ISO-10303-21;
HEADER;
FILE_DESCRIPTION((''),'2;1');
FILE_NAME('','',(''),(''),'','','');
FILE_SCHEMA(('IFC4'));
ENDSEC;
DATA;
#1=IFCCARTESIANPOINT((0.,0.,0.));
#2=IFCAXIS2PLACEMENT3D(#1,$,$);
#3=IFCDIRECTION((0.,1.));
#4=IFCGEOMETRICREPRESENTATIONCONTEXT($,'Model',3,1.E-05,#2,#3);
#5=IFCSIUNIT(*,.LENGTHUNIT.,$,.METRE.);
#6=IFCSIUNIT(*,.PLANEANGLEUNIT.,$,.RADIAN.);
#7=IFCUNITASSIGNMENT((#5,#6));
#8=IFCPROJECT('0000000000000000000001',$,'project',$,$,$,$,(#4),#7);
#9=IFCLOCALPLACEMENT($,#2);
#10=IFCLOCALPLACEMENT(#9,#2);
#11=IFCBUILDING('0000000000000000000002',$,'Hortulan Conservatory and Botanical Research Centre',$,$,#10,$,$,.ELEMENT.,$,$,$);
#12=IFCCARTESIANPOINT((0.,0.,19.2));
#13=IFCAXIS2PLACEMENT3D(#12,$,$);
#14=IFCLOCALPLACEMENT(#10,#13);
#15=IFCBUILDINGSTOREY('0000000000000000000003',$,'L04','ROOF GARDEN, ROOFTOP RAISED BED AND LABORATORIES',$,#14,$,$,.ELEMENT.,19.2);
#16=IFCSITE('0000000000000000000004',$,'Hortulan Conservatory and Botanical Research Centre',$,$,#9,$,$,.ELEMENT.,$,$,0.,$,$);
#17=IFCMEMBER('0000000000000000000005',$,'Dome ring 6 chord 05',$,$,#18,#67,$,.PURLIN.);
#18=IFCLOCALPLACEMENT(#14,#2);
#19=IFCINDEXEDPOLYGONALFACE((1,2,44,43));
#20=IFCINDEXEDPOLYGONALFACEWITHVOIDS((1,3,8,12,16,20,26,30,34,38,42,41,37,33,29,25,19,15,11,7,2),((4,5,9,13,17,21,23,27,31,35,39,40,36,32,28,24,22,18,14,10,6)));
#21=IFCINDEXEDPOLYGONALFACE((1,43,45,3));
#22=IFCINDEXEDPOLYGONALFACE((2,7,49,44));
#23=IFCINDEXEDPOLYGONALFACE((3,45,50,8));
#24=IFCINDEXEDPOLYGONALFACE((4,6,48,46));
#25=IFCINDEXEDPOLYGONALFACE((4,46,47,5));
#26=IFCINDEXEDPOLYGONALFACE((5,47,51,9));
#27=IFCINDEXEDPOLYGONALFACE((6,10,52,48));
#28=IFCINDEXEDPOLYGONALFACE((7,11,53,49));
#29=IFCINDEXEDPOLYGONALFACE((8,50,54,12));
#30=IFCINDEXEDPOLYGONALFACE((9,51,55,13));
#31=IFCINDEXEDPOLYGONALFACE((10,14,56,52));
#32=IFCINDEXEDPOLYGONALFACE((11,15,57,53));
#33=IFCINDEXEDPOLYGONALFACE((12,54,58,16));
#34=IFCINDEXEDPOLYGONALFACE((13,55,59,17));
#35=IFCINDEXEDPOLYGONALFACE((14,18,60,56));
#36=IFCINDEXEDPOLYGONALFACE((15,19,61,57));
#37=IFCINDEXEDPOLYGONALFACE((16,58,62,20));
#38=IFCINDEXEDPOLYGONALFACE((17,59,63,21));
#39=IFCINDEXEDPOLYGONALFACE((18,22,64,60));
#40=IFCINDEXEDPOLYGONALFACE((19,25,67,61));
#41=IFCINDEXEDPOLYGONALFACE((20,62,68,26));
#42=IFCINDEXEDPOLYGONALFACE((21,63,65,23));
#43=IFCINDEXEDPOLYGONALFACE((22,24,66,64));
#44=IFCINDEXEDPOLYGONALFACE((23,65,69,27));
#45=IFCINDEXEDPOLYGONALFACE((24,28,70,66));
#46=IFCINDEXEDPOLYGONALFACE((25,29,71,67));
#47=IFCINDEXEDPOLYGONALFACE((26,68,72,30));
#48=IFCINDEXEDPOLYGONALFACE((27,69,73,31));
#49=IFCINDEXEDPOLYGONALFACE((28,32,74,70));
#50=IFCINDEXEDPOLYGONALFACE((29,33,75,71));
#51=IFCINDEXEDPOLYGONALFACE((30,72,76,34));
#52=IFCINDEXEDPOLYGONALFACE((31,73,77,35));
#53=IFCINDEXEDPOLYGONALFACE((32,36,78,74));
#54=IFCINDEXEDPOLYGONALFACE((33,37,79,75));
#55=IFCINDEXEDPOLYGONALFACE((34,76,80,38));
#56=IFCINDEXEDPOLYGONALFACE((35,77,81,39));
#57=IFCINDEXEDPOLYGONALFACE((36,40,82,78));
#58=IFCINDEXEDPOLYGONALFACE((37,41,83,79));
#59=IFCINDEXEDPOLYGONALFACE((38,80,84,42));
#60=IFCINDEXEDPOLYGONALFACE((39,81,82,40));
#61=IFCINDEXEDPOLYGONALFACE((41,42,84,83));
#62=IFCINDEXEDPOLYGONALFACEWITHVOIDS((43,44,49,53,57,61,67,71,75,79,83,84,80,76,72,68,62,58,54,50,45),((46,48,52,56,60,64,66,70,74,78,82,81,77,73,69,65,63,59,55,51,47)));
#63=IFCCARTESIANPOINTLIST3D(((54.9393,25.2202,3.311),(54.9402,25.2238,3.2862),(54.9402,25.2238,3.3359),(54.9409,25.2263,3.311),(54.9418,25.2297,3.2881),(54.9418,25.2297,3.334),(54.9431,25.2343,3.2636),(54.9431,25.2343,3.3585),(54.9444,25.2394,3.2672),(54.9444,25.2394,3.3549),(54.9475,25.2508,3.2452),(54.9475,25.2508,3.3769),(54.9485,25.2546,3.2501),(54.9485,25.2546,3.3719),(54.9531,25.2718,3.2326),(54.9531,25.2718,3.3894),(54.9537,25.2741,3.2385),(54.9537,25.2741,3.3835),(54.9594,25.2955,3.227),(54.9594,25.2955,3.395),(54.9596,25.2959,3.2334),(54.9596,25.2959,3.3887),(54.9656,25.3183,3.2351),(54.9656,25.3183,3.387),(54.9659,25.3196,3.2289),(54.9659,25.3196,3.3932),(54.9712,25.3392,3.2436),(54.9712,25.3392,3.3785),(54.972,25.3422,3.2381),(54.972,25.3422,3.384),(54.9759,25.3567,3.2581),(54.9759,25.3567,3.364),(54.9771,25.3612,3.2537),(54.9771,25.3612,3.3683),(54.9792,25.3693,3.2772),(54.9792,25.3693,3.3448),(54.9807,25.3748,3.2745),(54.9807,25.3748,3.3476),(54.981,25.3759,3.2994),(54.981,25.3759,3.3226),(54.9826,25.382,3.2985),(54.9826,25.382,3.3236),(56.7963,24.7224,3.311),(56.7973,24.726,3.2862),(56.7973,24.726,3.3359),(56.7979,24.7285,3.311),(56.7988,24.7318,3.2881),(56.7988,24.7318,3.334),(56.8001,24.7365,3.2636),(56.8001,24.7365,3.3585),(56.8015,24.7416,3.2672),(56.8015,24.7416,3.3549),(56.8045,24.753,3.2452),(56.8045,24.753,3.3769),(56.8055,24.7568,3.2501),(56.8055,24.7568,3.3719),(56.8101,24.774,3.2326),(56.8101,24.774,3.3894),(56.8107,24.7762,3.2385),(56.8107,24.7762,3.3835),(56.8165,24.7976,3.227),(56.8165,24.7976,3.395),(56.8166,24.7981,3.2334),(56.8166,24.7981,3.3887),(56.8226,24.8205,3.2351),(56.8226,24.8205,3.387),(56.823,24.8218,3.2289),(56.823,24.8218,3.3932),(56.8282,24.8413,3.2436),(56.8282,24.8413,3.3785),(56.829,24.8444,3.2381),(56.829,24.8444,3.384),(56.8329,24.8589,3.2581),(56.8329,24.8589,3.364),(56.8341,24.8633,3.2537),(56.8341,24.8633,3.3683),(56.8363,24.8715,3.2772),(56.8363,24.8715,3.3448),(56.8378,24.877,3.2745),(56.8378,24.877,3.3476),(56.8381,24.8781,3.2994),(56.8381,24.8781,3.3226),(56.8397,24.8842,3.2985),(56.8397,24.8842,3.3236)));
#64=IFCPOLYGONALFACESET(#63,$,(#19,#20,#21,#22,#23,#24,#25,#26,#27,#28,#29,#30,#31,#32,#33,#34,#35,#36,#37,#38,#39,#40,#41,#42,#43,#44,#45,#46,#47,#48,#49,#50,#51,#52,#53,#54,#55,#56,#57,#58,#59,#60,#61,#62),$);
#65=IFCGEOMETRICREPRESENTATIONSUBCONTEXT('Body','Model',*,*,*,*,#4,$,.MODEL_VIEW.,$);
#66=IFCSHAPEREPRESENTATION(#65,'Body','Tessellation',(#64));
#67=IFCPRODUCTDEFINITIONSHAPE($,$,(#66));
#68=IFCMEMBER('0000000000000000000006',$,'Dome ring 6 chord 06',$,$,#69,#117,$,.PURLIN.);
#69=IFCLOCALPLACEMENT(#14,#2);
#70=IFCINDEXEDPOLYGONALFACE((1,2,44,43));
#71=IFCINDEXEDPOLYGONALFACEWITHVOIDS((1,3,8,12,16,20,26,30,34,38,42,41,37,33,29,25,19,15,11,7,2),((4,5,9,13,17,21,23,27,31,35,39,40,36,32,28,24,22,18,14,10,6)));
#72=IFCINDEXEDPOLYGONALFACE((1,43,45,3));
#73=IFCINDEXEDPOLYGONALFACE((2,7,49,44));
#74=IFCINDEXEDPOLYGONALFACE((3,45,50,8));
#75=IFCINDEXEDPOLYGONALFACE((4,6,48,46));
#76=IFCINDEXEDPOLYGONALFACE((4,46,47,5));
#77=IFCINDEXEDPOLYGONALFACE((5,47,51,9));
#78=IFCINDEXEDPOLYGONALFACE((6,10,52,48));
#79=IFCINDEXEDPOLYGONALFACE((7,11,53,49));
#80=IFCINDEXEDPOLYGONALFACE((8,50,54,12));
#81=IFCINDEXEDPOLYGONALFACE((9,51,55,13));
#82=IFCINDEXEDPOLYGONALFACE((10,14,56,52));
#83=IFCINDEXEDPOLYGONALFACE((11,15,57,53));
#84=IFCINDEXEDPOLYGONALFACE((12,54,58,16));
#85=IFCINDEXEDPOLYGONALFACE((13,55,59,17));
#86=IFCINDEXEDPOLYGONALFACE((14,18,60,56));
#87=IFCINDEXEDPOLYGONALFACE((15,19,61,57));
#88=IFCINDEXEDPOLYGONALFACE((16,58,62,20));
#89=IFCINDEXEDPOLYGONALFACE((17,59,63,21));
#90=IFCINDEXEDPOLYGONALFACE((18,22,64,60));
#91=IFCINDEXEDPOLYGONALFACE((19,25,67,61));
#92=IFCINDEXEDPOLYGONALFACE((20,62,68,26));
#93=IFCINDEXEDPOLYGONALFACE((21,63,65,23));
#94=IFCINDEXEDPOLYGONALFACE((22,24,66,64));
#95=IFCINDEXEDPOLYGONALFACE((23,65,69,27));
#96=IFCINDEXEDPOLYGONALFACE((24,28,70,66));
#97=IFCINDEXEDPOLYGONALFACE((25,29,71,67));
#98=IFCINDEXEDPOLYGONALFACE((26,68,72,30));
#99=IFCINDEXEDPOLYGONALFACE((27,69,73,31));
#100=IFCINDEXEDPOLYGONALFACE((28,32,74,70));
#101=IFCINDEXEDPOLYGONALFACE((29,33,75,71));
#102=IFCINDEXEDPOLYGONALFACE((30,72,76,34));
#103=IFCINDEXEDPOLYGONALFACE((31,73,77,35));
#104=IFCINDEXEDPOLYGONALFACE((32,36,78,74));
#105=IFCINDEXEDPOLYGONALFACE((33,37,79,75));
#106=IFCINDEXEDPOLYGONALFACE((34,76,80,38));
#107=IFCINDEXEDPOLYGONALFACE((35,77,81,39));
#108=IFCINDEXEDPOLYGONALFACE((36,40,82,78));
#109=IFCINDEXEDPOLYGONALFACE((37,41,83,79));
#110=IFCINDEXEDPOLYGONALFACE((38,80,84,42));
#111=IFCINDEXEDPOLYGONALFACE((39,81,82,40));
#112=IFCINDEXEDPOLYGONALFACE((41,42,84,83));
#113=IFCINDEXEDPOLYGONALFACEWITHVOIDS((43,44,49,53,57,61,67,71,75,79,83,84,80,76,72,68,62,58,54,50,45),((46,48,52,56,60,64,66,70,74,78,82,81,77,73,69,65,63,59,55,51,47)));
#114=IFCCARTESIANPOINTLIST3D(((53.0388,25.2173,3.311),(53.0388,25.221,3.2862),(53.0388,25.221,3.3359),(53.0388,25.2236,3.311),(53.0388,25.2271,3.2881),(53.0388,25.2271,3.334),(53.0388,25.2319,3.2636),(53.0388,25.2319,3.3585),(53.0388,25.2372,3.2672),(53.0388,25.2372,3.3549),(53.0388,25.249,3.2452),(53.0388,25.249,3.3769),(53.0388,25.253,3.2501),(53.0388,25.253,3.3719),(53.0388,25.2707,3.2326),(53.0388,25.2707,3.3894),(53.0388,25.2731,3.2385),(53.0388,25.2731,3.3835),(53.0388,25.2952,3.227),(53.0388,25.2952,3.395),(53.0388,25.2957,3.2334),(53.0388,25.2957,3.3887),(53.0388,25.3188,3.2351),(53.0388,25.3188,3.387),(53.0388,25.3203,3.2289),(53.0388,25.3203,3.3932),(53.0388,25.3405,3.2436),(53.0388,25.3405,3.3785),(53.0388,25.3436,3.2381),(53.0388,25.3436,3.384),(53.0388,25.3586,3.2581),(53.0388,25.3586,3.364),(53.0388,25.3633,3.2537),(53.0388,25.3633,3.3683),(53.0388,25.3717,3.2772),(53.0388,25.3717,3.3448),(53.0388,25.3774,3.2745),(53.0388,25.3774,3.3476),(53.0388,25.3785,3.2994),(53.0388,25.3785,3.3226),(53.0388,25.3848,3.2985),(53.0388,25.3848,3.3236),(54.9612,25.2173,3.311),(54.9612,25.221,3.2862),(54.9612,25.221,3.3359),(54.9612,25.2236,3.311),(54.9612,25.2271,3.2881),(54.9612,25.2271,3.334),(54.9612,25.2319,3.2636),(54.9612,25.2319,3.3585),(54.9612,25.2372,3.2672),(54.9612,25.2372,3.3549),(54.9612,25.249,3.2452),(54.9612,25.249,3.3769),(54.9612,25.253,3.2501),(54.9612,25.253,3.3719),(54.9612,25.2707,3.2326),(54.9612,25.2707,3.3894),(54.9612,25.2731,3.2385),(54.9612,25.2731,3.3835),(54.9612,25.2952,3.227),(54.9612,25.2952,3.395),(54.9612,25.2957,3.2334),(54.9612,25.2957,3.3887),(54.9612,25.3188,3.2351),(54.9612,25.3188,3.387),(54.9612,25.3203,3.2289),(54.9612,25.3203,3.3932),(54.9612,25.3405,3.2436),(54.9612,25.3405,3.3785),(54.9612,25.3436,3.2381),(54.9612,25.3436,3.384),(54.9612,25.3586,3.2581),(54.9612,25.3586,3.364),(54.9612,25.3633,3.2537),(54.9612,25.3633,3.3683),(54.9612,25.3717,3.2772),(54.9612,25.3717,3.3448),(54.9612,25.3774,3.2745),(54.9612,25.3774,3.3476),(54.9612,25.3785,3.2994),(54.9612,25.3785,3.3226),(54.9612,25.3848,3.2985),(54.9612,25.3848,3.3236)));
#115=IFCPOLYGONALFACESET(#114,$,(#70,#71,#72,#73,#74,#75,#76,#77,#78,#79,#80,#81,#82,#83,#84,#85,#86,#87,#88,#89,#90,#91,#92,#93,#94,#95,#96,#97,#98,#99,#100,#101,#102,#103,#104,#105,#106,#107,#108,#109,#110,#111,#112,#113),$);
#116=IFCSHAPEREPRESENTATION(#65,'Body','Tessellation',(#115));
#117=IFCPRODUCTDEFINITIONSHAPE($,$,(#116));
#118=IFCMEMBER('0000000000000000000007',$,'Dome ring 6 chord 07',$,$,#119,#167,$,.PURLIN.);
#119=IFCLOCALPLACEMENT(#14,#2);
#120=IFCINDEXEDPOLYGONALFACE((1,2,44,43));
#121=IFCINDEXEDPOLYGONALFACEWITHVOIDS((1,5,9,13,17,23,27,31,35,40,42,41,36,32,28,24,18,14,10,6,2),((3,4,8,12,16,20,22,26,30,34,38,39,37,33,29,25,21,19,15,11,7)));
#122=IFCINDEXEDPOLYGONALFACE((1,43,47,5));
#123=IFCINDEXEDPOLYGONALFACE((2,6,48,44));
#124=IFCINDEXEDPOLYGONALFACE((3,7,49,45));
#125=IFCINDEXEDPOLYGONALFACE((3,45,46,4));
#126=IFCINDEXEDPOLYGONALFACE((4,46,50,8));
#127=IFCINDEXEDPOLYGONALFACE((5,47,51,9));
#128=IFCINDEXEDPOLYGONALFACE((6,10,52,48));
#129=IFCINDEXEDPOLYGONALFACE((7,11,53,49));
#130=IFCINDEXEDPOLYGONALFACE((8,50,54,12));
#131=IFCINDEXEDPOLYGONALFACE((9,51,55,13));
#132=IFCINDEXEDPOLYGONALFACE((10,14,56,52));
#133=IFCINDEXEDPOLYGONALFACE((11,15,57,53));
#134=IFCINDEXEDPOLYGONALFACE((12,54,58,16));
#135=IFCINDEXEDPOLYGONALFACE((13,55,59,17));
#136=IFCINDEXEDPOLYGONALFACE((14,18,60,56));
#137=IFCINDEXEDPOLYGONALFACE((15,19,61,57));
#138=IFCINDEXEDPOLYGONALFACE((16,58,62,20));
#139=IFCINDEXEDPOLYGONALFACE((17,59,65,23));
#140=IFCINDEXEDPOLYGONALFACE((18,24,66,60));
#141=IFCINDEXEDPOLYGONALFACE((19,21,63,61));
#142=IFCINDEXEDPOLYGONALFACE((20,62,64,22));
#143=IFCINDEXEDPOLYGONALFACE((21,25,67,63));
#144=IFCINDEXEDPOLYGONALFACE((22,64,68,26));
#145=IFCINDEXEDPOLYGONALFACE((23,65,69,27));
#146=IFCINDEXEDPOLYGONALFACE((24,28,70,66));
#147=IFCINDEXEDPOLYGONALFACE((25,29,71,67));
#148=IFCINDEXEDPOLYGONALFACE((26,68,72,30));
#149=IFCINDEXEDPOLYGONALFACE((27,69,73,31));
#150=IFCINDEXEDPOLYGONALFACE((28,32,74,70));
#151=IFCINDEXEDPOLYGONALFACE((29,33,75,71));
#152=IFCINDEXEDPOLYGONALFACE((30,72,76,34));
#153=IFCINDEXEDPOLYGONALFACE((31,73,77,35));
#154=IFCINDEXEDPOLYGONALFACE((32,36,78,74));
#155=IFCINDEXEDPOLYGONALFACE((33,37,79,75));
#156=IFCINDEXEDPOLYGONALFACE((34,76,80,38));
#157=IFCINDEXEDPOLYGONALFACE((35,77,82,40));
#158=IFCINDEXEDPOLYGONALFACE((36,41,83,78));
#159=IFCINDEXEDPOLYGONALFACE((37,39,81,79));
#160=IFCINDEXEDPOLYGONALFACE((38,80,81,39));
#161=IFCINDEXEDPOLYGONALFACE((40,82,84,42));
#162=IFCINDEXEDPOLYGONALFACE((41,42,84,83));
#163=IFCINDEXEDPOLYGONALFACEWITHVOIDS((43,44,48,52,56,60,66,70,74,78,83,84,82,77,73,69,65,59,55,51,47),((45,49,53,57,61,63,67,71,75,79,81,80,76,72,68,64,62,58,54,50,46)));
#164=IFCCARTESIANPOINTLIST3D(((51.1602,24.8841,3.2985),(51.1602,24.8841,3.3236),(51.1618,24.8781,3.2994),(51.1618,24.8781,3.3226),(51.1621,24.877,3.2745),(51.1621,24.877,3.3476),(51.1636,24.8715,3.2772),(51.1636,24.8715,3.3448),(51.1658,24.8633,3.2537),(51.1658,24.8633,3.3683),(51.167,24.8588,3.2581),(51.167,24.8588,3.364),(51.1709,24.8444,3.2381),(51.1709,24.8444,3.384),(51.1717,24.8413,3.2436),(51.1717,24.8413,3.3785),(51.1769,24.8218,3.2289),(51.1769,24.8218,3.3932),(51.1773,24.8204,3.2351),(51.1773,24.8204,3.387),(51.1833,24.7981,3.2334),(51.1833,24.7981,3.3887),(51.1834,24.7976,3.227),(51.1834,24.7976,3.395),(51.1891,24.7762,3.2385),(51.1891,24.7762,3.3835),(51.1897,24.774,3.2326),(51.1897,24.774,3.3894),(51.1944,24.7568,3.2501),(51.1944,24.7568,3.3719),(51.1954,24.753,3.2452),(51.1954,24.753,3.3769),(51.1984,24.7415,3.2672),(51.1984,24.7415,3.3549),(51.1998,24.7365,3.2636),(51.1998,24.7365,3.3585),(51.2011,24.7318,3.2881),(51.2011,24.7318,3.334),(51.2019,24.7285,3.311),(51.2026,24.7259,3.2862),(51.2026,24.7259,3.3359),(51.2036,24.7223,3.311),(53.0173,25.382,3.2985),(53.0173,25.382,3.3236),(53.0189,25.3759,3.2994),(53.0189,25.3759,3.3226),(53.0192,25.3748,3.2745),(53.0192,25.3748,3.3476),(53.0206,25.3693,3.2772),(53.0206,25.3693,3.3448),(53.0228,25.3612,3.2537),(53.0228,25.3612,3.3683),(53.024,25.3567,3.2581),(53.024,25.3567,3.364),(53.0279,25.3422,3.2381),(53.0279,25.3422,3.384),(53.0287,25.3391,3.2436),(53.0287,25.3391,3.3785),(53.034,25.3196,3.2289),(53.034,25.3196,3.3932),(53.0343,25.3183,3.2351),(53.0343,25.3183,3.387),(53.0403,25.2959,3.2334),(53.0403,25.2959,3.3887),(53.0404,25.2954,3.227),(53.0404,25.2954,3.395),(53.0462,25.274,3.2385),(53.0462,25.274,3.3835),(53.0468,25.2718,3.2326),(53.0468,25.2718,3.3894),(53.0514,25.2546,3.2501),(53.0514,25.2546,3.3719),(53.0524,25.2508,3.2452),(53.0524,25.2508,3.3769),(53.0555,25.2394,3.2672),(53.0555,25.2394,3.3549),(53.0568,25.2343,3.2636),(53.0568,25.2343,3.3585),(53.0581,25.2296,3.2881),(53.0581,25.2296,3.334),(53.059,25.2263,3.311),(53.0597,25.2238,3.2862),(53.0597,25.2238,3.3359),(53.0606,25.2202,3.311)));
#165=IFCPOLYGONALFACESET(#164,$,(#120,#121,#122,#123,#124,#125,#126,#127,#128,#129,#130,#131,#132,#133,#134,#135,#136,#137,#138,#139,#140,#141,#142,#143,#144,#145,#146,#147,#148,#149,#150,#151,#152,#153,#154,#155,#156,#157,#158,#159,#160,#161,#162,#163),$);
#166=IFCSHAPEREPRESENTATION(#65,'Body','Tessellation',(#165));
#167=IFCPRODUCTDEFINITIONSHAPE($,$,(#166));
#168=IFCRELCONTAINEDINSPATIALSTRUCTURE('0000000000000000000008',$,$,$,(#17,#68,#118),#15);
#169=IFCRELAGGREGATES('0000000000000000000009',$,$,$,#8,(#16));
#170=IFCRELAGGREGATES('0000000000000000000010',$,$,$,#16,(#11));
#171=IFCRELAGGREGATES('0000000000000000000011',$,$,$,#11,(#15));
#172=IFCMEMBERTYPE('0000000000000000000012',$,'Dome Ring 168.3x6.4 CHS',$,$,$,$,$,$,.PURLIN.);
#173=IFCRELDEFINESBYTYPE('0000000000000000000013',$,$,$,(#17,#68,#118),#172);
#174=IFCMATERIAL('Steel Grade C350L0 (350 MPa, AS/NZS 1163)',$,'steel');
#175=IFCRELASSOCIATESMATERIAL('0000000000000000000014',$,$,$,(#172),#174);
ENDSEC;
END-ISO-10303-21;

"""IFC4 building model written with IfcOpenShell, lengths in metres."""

from ifc_helpers import new_model, si_unit, direction, frame, origin, origin_2d, place, context, subcontext, project, spatial, hollow_circle, extrude, material, material_profile, profile_set, type_object, element, save


model = new_model("IFC4")

# Units and contexts
model_context = context("Model", 3, precision=1e-05, world=origin(), true_north=direction((0.0, 1.0)))
body_context = subcontext(model_context, "Body", "Model", "MODEL_VIEW")
ifc_project = project(units=[si_unit("LENGTHUNIT", "METRE"), si_unit("PLANEANGLEUNIT", "RADIAN")], contexts=[model_context])

# Site, building, storey
site_placement = place(None, origin())
site = spatial("IfcSite", under=ifc_project, at=site_placement, Name="Hortulan Conservatory and Botanical Research Centre", CompositionType="ELEMENT", RefElevation=0.0)
building_placement = place(site_placement, origin())
building = spatial("IfcBuilding", under=site, at=building_placement, Name="Hortulan Conservatory and Botanical Research Centre", CompositionType="ELEMENT")
storey_placement = place(building_placement, frame((0.0, 0.0, 19.2)))
storey = spatial("IfcBuildingStorey", under=building, at=storey_placement, Name="L04", Description="ROOF GARDEN, ROOFTOP RAISED BED AND LABORATORIES", CompositionType="ELEMENT", Elevation=19.2)

# Shared definitions
ifc_material_1 = material(Name="Steel Grade C350L0 (350 MPa, AS/NZS 1163)", Category="steel")

# Members
ifc_material_profile_1 = material_profile(ifc_material_1, hollow_circle(Radius=0.0842, WallThickness=0.0063, at=origin_2d()), Name="168.3x6.4CHS")
ifc_profile_set_1 = profile_set([ifc_material_profile_1], Name="Steel Grade C350L0 (350 MPa, AS/NZS 1163)")
member_type_1 = type_object("IfcMemberType", Name="Dome Ring 168.3x6.4 CHS", PredefinedType="PURLIN", material=ifc_profile_set_1)
member_1_placement = place(storey_placement, frame((56.8181, 24.8037, 3.311), z_axis=(-0.965895, 0.258935, 0.0), x_axis=(-0.258935, -0.965895, 0.0)))
element("IfcMember", 1, at=member_1_placement, inside=storey, type_object=member_type_1, Name="Dome ring 6 chord 05", PredefinedType="PURLIN", context=body_context, shape_type="SweptSolid", body=[
    extrude(hollow_circle(Radius=0.0842, WallThickness=0.0063, at=origin_2d()), origin(), (0.0, 0.0, 1.0), 1.9226),
])
member_2_placement = place(storey_placement, frame((54.9612, 25.3015, 3.311), z_axis=(-1.0, 0.0, 0.0), x_axis=(0.0, -1.0, 0.0)))
element("IfcMember", 2, at=member_2_placement, inside=storey, type_object=member_type_1, Name="Dome ring 6 chord 06", PredefinedType="PURLIN", context=body_context, shape_type="SweptSolid", body=[
    extrude(hollow_circle(Radius=0.0842, WallThickness=0.0063, at=origin_2d()), origin(), (0.0, 0.0, 1.0), 1.9224),
])
for number, where, z_axis, x_axis, name in (
    (3, (53.0388, 25.3015, 3.311), (-0.965895, -0.258935, 0.0), (0.258935, -0.965895, 0.0), "Dome ring 6 chord 07"),
):
    element("IfcMember", number, at=place(storey_placement, frame(where, z_axis=z_axis, x_axis=x_axis)), inside=storey, type_object=member_type_1, Name=name, PredefinedType="PURLIN", context=body_context, shape_type="SweptSolid", body=[
        extrude(hollow_circle(Radius=0.0842, WallThickness=0.0063, at=origin_2d()), origin(), (0.0, 0.0, 1.0), 1.9226),
    ])

save(model, "model.ifc")
